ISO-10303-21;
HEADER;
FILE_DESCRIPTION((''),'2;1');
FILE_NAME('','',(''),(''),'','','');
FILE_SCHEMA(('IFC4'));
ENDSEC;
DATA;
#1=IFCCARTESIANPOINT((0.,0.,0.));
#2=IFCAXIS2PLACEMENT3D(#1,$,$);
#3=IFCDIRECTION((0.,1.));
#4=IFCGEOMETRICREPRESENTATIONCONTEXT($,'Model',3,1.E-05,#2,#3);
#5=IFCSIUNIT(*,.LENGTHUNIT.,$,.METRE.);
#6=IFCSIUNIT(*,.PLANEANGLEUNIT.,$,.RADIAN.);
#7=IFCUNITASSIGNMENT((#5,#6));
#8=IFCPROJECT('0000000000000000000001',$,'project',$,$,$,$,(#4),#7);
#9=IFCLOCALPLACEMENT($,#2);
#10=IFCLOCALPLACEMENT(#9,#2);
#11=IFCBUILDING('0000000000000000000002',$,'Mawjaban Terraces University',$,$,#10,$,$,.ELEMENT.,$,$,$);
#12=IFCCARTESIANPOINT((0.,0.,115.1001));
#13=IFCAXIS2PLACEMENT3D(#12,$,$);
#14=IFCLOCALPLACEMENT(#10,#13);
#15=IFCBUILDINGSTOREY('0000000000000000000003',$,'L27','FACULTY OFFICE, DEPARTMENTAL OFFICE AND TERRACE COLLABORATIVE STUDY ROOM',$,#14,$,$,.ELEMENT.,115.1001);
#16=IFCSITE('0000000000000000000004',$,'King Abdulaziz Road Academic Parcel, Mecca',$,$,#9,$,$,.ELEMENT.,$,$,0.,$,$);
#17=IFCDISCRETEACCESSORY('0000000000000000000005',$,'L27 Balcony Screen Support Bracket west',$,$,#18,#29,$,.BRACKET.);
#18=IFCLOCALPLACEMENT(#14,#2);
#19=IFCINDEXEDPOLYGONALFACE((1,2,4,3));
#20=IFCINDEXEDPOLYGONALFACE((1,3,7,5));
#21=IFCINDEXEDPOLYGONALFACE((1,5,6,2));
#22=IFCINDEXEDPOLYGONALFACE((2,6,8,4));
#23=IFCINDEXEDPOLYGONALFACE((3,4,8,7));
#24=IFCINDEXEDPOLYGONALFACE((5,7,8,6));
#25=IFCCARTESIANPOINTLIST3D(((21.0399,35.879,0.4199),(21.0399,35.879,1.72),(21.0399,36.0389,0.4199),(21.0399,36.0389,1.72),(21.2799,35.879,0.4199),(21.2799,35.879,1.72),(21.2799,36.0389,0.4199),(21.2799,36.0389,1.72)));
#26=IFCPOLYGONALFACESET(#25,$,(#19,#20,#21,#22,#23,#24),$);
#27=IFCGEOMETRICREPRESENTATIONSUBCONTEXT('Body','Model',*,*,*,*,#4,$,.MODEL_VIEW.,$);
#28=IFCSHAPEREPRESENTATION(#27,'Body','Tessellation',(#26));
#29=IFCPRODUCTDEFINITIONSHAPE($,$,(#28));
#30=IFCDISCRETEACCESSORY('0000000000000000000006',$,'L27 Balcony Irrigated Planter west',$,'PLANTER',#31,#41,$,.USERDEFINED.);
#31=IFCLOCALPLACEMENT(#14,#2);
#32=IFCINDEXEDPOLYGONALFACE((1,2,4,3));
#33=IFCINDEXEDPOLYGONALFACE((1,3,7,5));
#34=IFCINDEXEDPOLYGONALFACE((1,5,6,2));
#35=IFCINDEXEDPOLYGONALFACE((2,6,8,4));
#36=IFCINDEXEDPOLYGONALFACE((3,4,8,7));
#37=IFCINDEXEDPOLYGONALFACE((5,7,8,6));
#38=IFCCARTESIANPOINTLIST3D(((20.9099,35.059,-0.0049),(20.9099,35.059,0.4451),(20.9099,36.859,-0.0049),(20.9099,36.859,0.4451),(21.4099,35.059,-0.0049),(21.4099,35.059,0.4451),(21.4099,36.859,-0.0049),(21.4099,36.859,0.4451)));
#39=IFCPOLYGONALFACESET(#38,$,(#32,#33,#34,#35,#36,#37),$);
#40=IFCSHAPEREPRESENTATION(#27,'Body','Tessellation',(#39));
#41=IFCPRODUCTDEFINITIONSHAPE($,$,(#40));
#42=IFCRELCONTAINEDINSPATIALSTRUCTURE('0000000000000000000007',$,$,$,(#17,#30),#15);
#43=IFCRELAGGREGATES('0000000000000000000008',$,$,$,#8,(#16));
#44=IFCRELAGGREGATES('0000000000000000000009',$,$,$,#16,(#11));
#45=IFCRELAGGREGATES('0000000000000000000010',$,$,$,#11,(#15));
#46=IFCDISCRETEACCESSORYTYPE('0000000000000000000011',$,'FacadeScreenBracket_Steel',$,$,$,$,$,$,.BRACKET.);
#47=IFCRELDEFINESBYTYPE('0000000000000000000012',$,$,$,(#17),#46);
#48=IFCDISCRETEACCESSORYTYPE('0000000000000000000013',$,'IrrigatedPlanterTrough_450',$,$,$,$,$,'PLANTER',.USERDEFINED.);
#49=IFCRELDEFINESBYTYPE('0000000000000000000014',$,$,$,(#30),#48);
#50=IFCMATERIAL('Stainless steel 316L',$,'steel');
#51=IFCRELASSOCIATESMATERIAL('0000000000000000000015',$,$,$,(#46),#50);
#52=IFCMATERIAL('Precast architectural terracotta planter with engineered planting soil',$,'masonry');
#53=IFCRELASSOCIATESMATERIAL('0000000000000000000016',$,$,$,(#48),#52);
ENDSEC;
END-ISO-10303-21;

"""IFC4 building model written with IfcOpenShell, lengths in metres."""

from ifc_helpers import new_model, si_unit, direction, frame, origin, origin_2d, place, context, subcontext, project, spatial, rectangle, extrude, material, type_object, element, save


model = new_model("IFC4")

# Units and contexts
model_context = context("Model", 3, precision=1e-05, world=origin(), true_north=direction((0.0, 1.0)))
body_context = subcontext(model_context, "Body", "Model", "MODEL_VIEW")
ifc_project = project(units=[si_unit("LENGTHUNIT", "METRE"), si_unit("PLANEANGLEUNIT", "RADIAN")], contexts=[model_context])

# Site, building, storey
site_placement = place(None, origin())
site = spatial("IfcSite", under=ifc_project, at=site_placement, Name="King Abdulaziz Road Academic Parcel, Mecca", CompositionType="ELEMENT", RefElevation=0.0)
building_placement = place(site_placement, origin())
building = spatial("IfcBuilding", under=site, at=building_placement, Name="Mawjaban Terraces University", CompositionType="ELEMENT")
storey_placement = place(building_placement, frame((0.0, 0.0, 115.1001)))
storey = spatial("IfcBuildingStorey", under=building, at=storey_placement, Name="L27", Description="FACULTY OFFICE, DEPARTMENTAL OFFICE AND TERRACE COLLABORATIVE STUDY ROOM", CompositionType="ELEMENT", Elevation=115.1001)

# Discrete accessories
ifc_material_1 = material(Name="Stainless steel 316L", Category="steel")
discrete_accessory_type_1 = type_object("IfcDiscreteAccessoryType", Name="FacadeScreenBracket_Steel", PredefinedType="BRACKET", material=ifc_material_1)
discrete_accessory_1_placement = place(storey_placement, frame((21.1599, 35.959, 0.4199), z_axis=(0.0, 0.0, 1.0), x_axis=(0.0, 1.0, 0.0)))
element("IfcDiscreteAccessory", 1, at=discrete_accessory_1_placement, inside=storey, type_object=discrete_accessory_type_1, Name="L27 Balcony Screen Support Bracket west", PredefinedType="BRACKET", context=body_context, shape_type="SweptSolid", body=[
    extrude(rectangle(XDim=0.1599, YDim=0.24, at=origin_2d()), origin(), (0.0, 0.0, 1.0), 1.3),
])
ifc_material_2 = material(Name="Precast architectural terracotta planter with engineered planting soil", Category="masonry")
discrete_accessory_type_2 = type_object("IfcDiscreteAccessoryType", Name="IrrigatedPlanterTrough_450", ElementType="PLANTER", PredefinedType="USERDEFINED", material=ifc_material_2)
discrete_accessory_2_placement = place(storey_placement, frame((21.1599, 35.959, -0.0049), z_axis=(0.0, 0.0, 1.0), x_axis=(0.0, 1.0, 0.0)))
element("IfcDiscreteAccessory", 2, at=discrete_accessory_2_placement, inside=storey, type_object=discrete_accessory_type_2, Name="L27 Balcony Irrigated Planter west", ObjectType="PLANTER", PredefinedType="USERDEFINED", context=body_context, shape_type="SweptSolid", body=[
    extrude(rectangle(XDim=1.8, YDim=0.5, at=origin_2d()), origin(), (0.0, 0.0, 1.0), 0.45),
])

save(model, "model.ifc")
